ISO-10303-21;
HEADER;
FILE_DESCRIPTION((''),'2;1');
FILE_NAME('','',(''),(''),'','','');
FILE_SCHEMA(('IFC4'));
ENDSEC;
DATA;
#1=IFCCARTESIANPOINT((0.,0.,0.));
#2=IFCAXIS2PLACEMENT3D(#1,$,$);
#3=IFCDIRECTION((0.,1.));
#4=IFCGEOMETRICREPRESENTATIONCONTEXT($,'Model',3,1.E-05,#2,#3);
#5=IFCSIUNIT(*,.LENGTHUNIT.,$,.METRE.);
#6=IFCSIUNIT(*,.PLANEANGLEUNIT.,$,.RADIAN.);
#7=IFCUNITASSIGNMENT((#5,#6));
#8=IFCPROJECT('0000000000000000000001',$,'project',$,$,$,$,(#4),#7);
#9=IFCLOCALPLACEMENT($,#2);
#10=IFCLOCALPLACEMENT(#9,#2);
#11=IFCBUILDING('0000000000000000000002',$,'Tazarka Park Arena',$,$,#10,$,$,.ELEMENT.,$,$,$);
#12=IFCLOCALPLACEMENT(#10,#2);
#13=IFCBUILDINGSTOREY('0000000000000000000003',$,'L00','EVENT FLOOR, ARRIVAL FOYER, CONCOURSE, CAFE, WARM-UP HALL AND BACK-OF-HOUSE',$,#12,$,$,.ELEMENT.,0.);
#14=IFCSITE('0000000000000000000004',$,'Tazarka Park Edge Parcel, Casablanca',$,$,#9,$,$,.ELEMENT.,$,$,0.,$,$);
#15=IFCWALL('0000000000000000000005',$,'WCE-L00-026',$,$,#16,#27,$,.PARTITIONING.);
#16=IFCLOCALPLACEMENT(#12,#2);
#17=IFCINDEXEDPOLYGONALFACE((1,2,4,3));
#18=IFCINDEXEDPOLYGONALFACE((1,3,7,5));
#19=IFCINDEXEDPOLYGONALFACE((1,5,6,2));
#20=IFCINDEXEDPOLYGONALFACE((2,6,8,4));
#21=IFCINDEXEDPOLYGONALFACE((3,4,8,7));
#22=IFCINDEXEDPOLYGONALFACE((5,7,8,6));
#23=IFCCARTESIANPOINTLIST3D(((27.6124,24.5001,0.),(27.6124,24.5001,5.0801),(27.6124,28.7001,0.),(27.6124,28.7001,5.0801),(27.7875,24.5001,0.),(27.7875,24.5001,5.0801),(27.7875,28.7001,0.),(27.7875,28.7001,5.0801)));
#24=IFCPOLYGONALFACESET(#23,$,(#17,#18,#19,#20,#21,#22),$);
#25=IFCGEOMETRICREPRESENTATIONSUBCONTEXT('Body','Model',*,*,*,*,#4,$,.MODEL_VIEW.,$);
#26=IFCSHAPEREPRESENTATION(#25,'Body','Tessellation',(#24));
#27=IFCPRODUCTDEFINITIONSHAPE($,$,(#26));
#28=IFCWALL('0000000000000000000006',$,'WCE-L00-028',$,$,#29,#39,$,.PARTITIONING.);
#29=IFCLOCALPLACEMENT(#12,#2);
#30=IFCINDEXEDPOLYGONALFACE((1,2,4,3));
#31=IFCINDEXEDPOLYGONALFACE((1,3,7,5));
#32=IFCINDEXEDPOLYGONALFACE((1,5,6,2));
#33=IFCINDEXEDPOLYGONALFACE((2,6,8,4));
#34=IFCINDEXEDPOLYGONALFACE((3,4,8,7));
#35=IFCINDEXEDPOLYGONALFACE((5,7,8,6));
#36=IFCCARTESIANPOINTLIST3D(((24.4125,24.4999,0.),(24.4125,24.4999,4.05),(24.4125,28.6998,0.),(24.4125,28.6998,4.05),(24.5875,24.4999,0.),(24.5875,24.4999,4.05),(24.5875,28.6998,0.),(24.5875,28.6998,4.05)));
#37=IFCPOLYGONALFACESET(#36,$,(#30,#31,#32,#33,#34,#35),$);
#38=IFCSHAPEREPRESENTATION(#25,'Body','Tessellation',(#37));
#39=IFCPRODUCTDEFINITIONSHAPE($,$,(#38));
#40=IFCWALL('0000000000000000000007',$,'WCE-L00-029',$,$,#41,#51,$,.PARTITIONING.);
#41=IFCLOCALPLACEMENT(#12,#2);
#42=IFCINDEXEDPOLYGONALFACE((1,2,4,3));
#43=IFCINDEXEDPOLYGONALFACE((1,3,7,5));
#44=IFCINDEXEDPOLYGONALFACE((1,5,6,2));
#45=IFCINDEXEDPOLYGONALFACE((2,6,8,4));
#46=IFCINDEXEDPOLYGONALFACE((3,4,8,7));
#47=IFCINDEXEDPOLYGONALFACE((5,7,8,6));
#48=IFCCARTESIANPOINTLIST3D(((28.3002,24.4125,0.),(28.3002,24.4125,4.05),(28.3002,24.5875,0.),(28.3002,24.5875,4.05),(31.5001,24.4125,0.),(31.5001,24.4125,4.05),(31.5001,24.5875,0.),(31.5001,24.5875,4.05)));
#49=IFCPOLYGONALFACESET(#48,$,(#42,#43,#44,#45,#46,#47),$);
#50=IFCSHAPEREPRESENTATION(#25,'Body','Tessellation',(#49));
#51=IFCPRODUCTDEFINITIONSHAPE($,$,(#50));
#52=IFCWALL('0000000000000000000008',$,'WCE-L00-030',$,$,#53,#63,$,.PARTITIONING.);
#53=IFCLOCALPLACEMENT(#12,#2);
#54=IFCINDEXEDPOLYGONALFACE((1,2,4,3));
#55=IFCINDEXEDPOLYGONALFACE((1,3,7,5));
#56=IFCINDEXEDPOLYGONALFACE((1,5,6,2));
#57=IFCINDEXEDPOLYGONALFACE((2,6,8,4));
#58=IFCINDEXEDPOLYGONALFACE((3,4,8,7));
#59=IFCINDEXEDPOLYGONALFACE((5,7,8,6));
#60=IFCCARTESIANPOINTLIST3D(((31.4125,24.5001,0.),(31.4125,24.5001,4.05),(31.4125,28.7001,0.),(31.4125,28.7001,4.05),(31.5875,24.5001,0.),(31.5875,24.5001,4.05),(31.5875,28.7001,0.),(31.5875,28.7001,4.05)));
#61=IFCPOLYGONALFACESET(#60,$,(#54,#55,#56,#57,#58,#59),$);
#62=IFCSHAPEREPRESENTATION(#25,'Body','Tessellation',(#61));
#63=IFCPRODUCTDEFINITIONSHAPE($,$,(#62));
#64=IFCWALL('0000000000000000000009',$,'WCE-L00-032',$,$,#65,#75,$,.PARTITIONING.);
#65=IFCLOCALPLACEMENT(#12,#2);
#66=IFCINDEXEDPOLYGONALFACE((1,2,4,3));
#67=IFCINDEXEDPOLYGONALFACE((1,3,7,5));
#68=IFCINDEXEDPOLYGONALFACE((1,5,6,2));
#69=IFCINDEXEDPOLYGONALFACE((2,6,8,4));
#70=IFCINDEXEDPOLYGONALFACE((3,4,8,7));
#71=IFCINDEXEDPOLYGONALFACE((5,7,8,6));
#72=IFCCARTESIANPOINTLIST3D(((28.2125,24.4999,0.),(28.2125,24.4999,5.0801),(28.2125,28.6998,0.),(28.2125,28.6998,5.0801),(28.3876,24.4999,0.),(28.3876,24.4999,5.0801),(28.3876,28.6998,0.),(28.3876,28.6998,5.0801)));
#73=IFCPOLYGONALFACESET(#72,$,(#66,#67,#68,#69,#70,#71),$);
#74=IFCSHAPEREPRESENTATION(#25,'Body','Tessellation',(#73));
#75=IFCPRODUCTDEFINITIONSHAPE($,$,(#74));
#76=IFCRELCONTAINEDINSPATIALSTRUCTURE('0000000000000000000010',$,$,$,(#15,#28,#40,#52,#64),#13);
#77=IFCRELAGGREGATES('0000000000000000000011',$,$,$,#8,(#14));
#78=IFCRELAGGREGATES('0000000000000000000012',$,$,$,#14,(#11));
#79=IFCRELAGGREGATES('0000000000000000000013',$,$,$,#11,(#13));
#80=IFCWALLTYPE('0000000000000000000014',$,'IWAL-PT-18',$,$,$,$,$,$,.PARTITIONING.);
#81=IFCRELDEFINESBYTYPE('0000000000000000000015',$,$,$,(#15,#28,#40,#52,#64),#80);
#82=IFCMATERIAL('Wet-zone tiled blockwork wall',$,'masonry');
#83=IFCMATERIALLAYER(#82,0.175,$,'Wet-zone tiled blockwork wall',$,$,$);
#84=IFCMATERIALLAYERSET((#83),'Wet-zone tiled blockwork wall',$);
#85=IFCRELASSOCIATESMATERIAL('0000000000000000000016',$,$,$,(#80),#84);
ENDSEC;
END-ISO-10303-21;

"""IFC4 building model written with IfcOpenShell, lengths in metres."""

from ifc_helpers import new_model, si_unit, direction, frame, frame_2d, origin, place, context, subcontext, project, spatial, rectangle, extrude, material, layer, layer_set, type_object, element, save


model = new_model("IFC4")

# Units and contexts
model_context = context("Model", 3, precision=1e-05, world=origin(), true_north=direction((0.0, 1.0)))
body_context = subcontext(model_context, "Body", "Model", "MODEL_VIEW")
ifc_project = project(units=[si_unit("LENGTHUNIT", "METRE"), si_unit("PLANEANGLEUNIT", "RADIAN")], contexts=[model_context])

# Site, building, storey
site_placement = place(None, origin())
site = spatial("IfcSite", under=ifc_project, at=site_placement, Name="Tazarka Park Edge Parcel, Casablanca", CompositionType="ELEMENT", RefElevation=0.0)
building_placement = place(site_placement, origin())
building = spatial("IfcBuilding", under=site, at=building_placement, Name="Tazarka Park Arena", CompositionType="ELEMENT")
storey_placement = place(building_placement, origin())
storey = spatial("IfcBuildingStorey", under=building, at=storey_placement, Name="L00", Description="EVENT FLOOR, ARRIVAL FOYER, CONCOURSE, CAFE, WARM-UP HALL AND BACK-OF-HOUSE", CompositionType="ELEMENT", Elevation=0.0)

# Wall
ifc_material_1 = material(Name="Wet-zone tiled blockwork wall", Category="masonry")
ifc_layer_1 = layer(ifc_material_1, 0.175, Name="Wet-zone tiled blockwork wall")
ifc_layer_set_1 = layer_set([ifc_layer_1], Name="Wet-zone tiled blockwork wall")
wall_type_1 = type_object("IfcWallType", Name="IWAL-PT-18", PredefinedType="PARTITIONING", material=ifc_layer_set_1)
wall_1_placement = place(storey_placement, frame((27.7, 24.5, 0.0), z_axis=(0.0, 0.0, 1.0), x_axis=(0.0, 1.0, 0.0)))
element("IfcWall", 1, at=wall_1_placement, inside=storey, type_object=wall_type_1, Name="WCE-L00-026", PredefinedType="PARTITIONING", context=body_context, shape_type="SweptSolid", body=[
    extrude(rectangle(XDim=4.2, YDim=0.175, at=frame_2d((2.1001, 0.0))), origin(), (0.0, 0.0, 1.0), 5.0801),
])

# Walls
wall_2_placement = place(storey_placement, frame((24.5, 28.7, 0.0), z_axis=(0.0, 0.0, 1.0), x_axis=(0.0, -1.0, 0.0)))
element("IfcWall", 2, at=wall_2_placement, inside=storey, type_object=wall_type_1, Name="WCE-L00-028", PredefinedType="PARTITIONING", context=body_context, shape_type="SweptSolid", body=[
    extrude(rectangle(XDim=4.2, YDim=0.175, at=frame_2d((2.1001, 0.0))), origin(), (0.0, 0.0, 1.0), 4.05),
])
wall_3_placement = place(storey_placement, frame((28.3, 24.5, 0.0), z_axis=(0.0, 0.0, 1.0), x_axis=(1.0, 0.0, 0.0)))
element("IfcWall", 3, at=wall_3_placement, inside=storey, type_object=wall_type_1, Name="WCE-L00-029", PredefinedType="PARTITIONING", context=body_context, shape_type="SweptSolid", body=[
    extrude(rectangle(XDim=3.2, YDim=0.175, at=frame_2d((1.6001, 0.0))), origin(), (0.0, 0.0, 1.0), 4.05),
])
wall_4_placement = place(storey_placement, frame((31.5, 24.5, 0.0), z_axis=(0.0, 0.0, 1.0), x_axis=(0.0, 1.0, 0.0)))
element("IfcWall", 4, at=wall_4_placement, inside=storey, type_object=wall_type_1, Name="WCE-L00-030", PredefinedType="PARTITIONING", context=body_context, shape_type="SweptSolid", body=[
    extrude(rectangle(XDim=4.2, YDim=0.175, at=frame_2d((2.1001, 0.0))), origin(), (0.0, 0.0, 1.0), 4.05),
])

# Wall
wall_5_placement = place(storey_placement, frame((28.3, 28.7, 0.0), z_axis=(0.0, 0.0, 1.0), x_axis=(0.0, -1.0, 0.0)))
element("IfcWall", 5, at=wall_5_placement, inside=storey, type_object=wall_type_1, Name="WCE-L00-032", PredefinedType="PARTITIONING", context=body_context, shape_type="SweptSolid", body=[
    extrude(rectangle(XDim=4.2, YDim=0.175, at=frame_2d((2.1001, 0.0))), origin(), (0.0, 0.0, 1.0), 5.0801),
])

save(model, "model.ifc")
